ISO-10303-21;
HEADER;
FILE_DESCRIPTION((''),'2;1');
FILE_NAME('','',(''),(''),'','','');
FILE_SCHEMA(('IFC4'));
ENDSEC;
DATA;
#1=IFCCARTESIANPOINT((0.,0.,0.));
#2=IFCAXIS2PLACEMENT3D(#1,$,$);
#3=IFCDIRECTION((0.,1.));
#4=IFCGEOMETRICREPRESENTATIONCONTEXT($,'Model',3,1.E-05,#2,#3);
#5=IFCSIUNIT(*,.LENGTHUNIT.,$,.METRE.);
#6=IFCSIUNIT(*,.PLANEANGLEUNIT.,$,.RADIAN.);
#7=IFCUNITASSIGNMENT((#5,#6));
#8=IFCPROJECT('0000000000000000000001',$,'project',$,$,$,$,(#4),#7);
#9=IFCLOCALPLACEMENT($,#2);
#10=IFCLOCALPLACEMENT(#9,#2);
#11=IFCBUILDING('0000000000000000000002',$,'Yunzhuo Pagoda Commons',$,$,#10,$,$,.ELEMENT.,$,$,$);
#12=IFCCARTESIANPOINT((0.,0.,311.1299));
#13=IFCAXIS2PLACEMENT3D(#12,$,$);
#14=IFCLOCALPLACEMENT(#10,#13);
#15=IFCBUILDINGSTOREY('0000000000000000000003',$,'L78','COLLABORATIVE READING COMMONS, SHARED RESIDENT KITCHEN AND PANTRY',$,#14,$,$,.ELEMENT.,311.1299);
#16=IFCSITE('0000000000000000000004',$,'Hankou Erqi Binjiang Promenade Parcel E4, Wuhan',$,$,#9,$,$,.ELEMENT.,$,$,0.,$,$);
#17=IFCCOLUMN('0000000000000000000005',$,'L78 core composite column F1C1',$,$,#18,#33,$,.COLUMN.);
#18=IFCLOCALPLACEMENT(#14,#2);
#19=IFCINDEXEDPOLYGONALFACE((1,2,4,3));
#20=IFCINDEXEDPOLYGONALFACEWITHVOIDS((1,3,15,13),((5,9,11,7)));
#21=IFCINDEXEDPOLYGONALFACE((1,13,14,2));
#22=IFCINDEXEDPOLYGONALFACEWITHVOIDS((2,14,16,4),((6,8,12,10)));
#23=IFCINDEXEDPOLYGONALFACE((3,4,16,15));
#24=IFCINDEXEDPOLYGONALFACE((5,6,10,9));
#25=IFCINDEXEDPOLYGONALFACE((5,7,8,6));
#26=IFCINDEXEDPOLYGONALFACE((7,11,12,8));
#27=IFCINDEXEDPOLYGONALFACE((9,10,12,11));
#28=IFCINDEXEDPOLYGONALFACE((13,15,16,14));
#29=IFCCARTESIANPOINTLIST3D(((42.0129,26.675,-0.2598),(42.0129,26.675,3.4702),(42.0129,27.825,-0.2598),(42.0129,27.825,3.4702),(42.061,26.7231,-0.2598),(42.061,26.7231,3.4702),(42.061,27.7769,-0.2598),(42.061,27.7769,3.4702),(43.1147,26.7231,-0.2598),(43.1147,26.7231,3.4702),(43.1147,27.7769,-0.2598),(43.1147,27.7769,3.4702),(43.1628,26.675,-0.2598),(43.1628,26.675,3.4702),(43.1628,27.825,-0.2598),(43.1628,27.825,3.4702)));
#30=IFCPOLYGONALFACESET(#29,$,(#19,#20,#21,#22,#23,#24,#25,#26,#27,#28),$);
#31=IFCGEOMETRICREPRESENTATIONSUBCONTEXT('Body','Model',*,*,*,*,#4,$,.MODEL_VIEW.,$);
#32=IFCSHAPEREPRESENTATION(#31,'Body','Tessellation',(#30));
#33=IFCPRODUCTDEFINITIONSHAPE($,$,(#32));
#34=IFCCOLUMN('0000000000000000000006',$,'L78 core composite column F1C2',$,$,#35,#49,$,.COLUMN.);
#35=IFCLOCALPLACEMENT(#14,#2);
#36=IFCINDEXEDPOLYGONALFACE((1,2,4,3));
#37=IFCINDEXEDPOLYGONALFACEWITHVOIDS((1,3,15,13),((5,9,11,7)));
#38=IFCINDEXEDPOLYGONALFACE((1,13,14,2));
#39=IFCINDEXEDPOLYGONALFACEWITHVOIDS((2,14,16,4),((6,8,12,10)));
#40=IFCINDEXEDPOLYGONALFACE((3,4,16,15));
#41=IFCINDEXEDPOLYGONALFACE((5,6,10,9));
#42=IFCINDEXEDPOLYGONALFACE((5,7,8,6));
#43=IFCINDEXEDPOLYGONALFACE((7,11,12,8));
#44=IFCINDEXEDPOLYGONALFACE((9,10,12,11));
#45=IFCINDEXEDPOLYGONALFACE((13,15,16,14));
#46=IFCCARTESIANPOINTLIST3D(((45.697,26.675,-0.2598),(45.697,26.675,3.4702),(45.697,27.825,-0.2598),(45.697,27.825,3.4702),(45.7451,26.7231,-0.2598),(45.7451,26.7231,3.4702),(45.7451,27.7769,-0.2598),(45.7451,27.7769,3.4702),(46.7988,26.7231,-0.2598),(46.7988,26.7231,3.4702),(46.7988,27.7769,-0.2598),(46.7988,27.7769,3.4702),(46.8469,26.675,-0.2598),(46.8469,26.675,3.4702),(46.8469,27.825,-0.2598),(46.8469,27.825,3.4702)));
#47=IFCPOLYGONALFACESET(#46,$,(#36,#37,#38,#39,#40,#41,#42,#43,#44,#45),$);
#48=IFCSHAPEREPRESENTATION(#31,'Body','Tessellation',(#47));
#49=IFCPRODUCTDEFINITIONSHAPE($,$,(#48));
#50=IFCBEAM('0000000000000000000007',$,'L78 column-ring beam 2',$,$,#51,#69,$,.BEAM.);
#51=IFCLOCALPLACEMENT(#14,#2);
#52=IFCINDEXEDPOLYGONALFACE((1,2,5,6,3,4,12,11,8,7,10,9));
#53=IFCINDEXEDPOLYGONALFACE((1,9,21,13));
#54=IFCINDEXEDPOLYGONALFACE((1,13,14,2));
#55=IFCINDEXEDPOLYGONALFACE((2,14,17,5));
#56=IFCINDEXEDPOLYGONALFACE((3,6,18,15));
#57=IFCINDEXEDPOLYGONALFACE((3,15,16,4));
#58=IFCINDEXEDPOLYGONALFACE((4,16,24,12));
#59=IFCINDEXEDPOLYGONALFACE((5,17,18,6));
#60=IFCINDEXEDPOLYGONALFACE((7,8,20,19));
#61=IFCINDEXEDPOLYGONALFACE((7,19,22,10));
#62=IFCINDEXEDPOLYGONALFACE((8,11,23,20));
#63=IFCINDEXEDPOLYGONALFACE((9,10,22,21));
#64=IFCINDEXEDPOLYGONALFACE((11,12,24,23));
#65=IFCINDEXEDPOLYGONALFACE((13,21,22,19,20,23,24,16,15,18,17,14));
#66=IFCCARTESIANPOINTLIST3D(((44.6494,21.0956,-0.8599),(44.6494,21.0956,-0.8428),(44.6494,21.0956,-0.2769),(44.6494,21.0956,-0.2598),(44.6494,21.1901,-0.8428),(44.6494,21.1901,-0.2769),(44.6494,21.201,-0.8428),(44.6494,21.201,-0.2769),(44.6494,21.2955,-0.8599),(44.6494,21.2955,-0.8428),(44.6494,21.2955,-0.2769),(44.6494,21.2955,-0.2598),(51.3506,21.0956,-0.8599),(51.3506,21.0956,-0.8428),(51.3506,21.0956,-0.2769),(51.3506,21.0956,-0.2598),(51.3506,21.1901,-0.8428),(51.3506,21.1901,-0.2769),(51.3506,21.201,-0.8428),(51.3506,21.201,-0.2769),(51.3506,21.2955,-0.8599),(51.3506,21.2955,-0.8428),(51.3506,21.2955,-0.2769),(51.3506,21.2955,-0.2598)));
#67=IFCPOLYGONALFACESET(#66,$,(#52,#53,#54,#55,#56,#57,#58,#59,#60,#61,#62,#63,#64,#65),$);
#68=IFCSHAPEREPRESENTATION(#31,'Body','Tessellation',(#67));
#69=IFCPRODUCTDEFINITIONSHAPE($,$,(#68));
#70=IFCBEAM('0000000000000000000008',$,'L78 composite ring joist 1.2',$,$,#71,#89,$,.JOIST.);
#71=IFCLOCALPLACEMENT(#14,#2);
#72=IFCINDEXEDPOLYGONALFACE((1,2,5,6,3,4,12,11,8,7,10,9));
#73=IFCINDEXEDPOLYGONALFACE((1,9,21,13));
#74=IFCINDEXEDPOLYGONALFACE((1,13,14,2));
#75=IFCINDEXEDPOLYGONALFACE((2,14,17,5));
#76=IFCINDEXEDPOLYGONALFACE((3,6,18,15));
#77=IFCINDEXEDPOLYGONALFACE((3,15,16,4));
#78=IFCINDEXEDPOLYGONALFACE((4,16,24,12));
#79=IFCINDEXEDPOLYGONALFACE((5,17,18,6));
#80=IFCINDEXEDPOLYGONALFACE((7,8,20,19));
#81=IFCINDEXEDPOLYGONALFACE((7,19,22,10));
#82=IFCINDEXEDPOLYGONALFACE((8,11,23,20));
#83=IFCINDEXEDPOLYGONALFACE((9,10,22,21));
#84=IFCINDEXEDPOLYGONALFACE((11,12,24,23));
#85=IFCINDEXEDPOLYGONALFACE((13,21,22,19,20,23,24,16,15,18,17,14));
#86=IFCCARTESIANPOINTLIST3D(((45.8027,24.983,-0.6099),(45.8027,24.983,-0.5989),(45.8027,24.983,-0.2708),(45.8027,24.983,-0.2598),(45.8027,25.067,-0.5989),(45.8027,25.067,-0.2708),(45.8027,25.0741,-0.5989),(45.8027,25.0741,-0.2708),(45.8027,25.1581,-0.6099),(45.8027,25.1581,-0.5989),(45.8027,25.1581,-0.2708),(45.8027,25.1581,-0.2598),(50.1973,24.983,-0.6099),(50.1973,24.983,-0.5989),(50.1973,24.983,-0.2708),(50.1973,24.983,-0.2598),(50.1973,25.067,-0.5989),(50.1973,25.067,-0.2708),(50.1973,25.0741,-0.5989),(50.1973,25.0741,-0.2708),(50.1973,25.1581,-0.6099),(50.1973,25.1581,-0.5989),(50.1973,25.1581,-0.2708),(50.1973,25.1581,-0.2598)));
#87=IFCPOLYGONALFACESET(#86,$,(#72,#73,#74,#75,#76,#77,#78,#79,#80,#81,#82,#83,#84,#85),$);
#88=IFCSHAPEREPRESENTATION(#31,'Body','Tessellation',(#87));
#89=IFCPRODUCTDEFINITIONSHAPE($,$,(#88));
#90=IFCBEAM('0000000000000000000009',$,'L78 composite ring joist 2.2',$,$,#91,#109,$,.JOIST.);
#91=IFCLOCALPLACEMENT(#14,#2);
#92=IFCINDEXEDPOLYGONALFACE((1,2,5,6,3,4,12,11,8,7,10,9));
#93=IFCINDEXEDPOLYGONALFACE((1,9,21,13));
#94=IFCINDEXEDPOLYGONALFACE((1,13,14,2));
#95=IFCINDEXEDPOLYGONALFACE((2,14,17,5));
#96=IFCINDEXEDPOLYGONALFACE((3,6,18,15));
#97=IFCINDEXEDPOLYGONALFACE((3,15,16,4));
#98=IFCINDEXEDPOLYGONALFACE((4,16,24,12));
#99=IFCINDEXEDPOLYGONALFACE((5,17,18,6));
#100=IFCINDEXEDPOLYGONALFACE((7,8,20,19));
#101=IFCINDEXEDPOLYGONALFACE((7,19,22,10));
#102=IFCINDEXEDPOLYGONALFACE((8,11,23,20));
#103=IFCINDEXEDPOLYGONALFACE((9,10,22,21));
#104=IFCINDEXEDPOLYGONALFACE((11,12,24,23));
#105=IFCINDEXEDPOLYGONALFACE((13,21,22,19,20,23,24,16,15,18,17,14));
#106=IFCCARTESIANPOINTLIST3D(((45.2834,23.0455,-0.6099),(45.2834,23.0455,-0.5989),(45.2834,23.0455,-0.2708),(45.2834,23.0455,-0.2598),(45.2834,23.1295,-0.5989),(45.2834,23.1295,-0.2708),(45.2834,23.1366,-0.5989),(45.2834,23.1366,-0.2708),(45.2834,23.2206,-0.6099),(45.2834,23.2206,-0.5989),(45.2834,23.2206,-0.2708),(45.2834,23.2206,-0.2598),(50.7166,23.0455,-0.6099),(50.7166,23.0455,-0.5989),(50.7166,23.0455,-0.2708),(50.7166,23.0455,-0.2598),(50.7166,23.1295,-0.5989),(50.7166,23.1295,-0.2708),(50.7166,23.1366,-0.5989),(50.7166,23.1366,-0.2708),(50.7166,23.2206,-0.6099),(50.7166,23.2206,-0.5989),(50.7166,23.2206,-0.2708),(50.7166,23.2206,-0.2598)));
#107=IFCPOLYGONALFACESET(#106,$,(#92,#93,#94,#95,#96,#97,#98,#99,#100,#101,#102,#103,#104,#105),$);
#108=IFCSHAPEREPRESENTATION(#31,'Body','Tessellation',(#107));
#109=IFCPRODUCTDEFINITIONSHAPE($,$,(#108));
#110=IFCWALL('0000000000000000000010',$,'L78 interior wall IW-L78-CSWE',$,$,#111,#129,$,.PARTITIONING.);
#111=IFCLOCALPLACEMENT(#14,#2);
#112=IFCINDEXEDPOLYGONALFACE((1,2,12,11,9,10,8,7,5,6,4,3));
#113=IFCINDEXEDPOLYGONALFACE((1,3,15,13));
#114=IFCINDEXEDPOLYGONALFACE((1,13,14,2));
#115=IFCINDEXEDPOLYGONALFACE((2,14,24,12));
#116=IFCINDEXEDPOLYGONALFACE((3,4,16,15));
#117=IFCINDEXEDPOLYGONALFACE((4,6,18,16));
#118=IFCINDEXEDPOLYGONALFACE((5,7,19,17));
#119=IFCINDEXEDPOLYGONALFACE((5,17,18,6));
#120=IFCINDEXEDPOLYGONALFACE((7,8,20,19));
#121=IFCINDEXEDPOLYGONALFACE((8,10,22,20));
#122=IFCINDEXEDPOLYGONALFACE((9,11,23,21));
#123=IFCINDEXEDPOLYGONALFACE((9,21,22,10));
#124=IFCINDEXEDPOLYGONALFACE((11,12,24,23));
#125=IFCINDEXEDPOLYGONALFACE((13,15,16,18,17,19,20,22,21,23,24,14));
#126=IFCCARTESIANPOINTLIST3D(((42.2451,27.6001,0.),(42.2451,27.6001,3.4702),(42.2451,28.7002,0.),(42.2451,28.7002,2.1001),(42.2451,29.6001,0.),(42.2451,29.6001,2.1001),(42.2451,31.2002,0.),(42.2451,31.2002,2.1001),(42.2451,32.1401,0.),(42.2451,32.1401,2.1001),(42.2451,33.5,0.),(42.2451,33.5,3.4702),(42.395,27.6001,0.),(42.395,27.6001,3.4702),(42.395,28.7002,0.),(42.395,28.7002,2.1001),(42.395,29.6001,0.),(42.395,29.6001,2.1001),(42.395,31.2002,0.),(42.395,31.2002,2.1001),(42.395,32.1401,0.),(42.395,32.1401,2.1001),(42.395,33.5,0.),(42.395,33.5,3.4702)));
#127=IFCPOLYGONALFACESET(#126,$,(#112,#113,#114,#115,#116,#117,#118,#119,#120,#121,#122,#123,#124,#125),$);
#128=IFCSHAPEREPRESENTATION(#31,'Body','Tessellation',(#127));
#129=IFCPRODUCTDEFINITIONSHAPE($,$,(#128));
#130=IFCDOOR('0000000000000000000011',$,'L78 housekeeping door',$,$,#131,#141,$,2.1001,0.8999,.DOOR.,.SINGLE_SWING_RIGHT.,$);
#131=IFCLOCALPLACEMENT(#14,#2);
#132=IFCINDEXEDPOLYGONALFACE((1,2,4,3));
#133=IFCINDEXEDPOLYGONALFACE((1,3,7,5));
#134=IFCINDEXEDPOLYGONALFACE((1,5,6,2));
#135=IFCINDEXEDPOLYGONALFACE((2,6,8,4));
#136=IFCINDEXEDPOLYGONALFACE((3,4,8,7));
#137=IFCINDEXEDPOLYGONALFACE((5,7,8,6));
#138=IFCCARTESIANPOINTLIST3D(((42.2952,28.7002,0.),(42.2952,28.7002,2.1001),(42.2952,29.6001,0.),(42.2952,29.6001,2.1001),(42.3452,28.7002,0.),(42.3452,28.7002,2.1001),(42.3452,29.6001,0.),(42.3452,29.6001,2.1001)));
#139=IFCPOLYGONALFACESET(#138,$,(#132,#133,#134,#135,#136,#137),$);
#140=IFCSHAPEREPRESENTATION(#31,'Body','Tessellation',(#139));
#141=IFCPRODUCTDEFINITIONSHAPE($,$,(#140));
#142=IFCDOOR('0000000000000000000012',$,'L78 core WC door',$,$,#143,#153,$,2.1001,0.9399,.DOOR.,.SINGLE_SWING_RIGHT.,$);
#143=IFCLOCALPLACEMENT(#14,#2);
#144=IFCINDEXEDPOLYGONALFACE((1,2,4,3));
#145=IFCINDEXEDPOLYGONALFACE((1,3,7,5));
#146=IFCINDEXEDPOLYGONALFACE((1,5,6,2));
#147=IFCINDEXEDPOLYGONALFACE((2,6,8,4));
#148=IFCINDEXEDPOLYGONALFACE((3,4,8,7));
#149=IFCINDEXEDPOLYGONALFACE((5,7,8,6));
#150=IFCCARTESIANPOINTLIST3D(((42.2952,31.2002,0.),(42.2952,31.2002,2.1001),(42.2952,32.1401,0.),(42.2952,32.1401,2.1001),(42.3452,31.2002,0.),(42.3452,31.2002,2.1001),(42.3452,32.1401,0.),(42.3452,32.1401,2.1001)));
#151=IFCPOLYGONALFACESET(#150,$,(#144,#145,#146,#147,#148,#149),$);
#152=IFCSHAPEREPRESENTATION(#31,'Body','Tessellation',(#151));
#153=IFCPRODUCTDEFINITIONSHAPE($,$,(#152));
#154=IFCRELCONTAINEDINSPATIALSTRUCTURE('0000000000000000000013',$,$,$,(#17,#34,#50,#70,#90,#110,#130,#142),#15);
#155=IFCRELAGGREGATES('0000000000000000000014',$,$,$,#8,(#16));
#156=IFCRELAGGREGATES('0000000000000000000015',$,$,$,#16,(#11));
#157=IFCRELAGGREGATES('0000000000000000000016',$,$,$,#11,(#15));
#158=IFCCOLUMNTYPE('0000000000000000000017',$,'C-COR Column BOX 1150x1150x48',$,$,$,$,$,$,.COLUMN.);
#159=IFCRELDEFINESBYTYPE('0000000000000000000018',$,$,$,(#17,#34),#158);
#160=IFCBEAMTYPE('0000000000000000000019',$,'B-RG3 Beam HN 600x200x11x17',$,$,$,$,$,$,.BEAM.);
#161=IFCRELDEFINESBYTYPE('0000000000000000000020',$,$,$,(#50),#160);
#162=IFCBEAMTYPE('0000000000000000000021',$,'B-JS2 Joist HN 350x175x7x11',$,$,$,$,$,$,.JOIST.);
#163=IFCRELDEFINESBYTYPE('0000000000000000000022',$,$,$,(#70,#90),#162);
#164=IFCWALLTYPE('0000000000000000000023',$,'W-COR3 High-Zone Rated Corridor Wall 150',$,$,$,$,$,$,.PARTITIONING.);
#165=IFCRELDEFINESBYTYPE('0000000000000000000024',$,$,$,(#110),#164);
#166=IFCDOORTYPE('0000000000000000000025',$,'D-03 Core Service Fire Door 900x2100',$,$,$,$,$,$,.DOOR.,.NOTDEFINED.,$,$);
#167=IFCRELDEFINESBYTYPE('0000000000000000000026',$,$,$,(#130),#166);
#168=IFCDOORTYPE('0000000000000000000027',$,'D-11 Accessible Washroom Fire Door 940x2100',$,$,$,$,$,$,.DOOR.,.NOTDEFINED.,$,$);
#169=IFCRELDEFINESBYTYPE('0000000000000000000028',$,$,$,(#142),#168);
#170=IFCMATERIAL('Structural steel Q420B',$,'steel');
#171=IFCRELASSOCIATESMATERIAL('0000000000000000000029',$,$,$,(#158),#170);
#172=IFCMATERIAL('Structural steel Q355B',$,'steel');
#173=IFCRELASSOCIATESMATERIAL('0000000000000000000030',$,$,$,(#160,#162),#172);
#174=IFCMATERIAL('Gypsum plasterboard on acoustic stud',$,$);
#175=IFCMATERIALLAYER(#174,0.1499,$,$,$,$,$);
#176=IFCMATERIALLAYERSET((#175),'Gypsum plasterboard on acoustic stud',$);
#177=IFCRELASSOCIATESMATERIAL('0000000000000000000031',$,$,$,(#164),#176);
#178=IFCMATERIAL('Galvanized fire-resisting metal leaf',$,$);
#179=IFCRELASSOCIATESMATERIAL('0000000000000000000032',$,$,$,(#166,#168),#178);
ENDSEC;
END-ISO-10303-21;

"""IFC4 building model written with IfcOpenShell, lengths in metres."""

from ifc_helpers import new_model, si_unit, direction, frame, frame_2d, origin, origin_with_axes, origin_2d, place, context, subcontext, project, spatial, rectangle, hollow_rectangle, i_section, extrude, source, transform, mapped, material, layer, layer_set, material_profile, profile_set, type_object, element, fill, save


model = new_model("IFC4")

# Units and contexts
model_context = context("Model", 3, precision=1e-05, world=origin(), true_north=direction((0.0, 1.0)))
body_context = subcontext(model_context, "Body", "Model", "MODEL_VIEW")
ifc_project = project(units=[si_unit("LENGTHUNIT", "METRE"), si_unit("PLANEANGLEUNIT", "RADIAN")], contexts=[model_context])

# Site, building, storey
site_placement = place(None, origin())
site = spatial("IfcSite", under=ifc_project, at=site_placement, Name="Hankou Erqi Binjiang Promenade Parcel E4, Wuhan", CompositionType="ELEMENT", RefElevation=0.0)
building_placement = place(site_placement, origin())
building = spatial("IfcBuilding", under=site, at=building_placement, Name="Yunzhuo Pagoda Commons", CompositionType="ELEMENT")
storey_placement = place(building_placement, frame((0.0, 0.0, 311.1299)))
storey = spatial("IfcBuildingStorey", under=building, at=storey_placement, Name="L78", Description="COLLABORATIVE READING COMMONS, SHARED RESIDENT KITCHEN AND PANTRY", CompositionType="ELEMENT", Elevation=311.1299)

# Columns
ifc_material_1 = material(Name="Structural steel Q420B", Category="steel")
ifc_material_profile_1 = material_profile(ifc_material_1, hollow_rectangle(XDim=1.1499, YDim=1.1499, WallThickness=0.0481, at=origin_2d()), Name="Structural steel Q420B")
ifc_profile_set_1 = profile_set([ifc_material_profile_1], Name="Structural steel Q420B")
column_type = type_object("IfcColumnType", Name="C-COR Column BOX 1150x1150x48", PredefinedType="COLUMN", material=ifc_profile_set_1)
shared_shape_1 = source(origin(), body_context, "Body", "SweptSolid", [
    extrude(hollow_rectangle(XDim=1.1499, YDim=1.1499, WallThickness=0.0481, at=origin_2d()), origin(), (0.0, 0.0, 1.0), 3.73),
])
for number, where, z_axis, x_axis, name in (
    (1, (42.5879, 27.25, -0.2598), (0.0, 0.0, 1.0), (1.0, 0.0, 0.0), "L78 core composite column F1C1"),
    (2, (46.272, 27.25, -0.2598), (0.0, 0.0, 1.0), (1.0, 0.0, 0.0), "L78 core composite column F1C2"),
):
    element("IfcColumn", number, at=place(storey_placement, frame(where, z_axis=z_axis, x_axis=x_axis)), inside=storey, type_object=column_type, Name=name, PredefinedType="COLUMN", context=body_context, shape_type="MappedRepresentation", body=[
        mapped(shared_shape_1, transform((0.0, 0.0, 0.0), scale=1.0)),
    ])

# Beams
ifc_material_2 = material(Name="Structural steel Q355B", Category="steel")
ifc_material_profile_2 = material_profile(ifc_material_2, i_section(OverallWidth=0.2, OverallDepth=0.6001, WebThickness=0.011, FlangeThickness=0.0171, at=origin_2d()), Name="Structural steel Q355B")
ifc_profile_set_2 = profile_set([ifc_material_profile_2], Name="Structural steel Q355B")
beam_type_1 = type_object("IfcBeamType", Name="B-RG3 Beam HN 600x200x11x17", PredefinedType="BEAM", material=ifc_profile_set_2)
shared_shape_2 = source(origin(), body_context, "Body", "SweptSolid", [
    extrude(i_section(OverallWidth=0.2, OverallDepth=0.6001, WebThickness=0.011, FlangeThickness=0.0171, at=origin_2d()), origin(), (0.0, 0.0, 1.0), 6.7012),
])
beam_1_placement = place(storey_placement, frame((44.6494, 21.1956, -0.5598), z_axis=(1.0, 0.0, 0.0), x_axis=(0.0, 1.0, 0.0)))
element("IfcBeam", 3, at=beam_1_placement, inside=storey, type_object=beam_type_1, Name="L78 column-ring beam 2", PredefinedType="BEAM", context=body_context, shape_type="MappedRepresentation", body=[
    mapped(shared_shape_2, transform((0.0, 0.0, 0.0), scale=1.0)),
])
ifc_material_profile_3 = material_profile(ifc_material_2, i_section(OverallWidth=0.175, OverallDepth=0.3501, WebThickness=0.0071, FlangeThickness=0.011, at=origin_2d()), Name="Structural steel Q355B")
ifc_profile_set_3 = profile_set([ifc_material_profile_3], Name="Structural steel Q355B")
beam_type_2 = type_object("IfcBeamType", Name="B-JS2 Joist HN 350x175x7x11", PredefinedType="JOIST", material=ifc_profile_set_3)
shared_shape_3 = source(origin(), body_context, "Body", "SweptSolid", [
    extrude(i_section(OverallWidth=0.175, OverallDepth=0.3501, WebThickness=0.0071, FlangeThickness=0.011, at=origin_2d()), origin(), (0.0, 0.0, 1.0), 4.3945),
])
beam_2_placement = place(storey_placement, frame((45.8027, 25.0706, -0.4348), z_axis=(1.0, 0.0, 0.0), x_axis=(0.0, 1.0, 0.0)))
element("IfcBeam", 4, at=beam_2_placement, inside=storey, type_object=beam_type_2, Name="L78 composite ring joist 1.2", PredefinedType="JOIST", context=body_context, shape_type="MappedRepresentation", body=[
    mapped(shared_shape_3, transform((0.0, 0.0, 0.0), scale=1.0)),
])
shared_shape_4 = source(origin(), body_context, "Body", "SweptSolid", [
    extrude(i_section(OverallWidth=0.175, OverallDepth=0.3501, WebThickness=0.0071, FlangeThickness=0.011, at=origin_2d()), origin(), (0.0, 0.0, 1.0), 5.4331),
])
beam_3_placement = place(storey_placement, frame((45.2834, 23.1331, -0.4348), z_axis=(1.0, 0.0, 0.0), x_axis=(0.0, 1.0, 0.0)))
element("IfcBeam", 5, at=beam_3_placement, inside=storey, type_object=beam_type_2, Name="L78 composite ring joist 2.2", PredefinedType="JOIST", context=body_context, shape_type="MappedRepresentation", body=[
    mapped(shared_shape_4, transform((0.0, 0.0, 0.0), scale=1.0)),
])

# Wall, openings, doors
ifc_material_3 = material(Name="Gypsum plasterboard on acoustic stud")
ifc_layer_1 = layer(ifc_material_3, 0.1499)
ifc_layer_set_1 = layer_set([ifc_layer_1], Name="Gypsum plasterboard on acoustic stud")
wall_type_1 = type_object("IfcWallType", Name="W-COR3 High-Zone Rated Corridor Wall 150", PredefinedType="PARTITIONING", material=ifc_layer_set_1)
wall_1_placement = place(storey_placement, frame((42.3201, 27.6001, 0.0), z_axis=(0.0, 0.0, 1.0), x_axis=(0.0, 1.0, 0.0)))
wall_1 = element("IfcWall", 6, at=wall_1_placement, inside=storey, type_object=wall_type_1, Name="L78 interior wall IW-L78-CSWE", PredefinedType="PARTITIONING", context=body_context, shape_type="SweptSolid", body=[
    extrude(rectangle(XDim=5.8999, YDim=0.1499, at=frame_2d((2.95, 0.0))), origin(), (0.0, 0.0, 1.0), 3.4702),
])
opening_1_placement = place(wall_1_placement, frame((1.1001, 0.0, 0.0)))
opening_1 = element("IfcOpeningElement", 7, at=opening_1_placement, cuts=wall_1, PredefinedType="OPENING", context=body_context, shape_type="SweptSolid", body=[
    extrude(rectangle(XDim=0.8999, YDim=2.1001, at=frame_2d((0.45, 1.05))), frame((0.0, 0.085, 0.0), z_axis=(0.0, -1.0, 0.0), x_axis=(1.0, 0.0, 0.0)), (0.0, 0.0, 1.0), 0.1699),
])
opening_2_placement = place(wall_1_placement, frame((3.6001, 0.0, 0.0)))
opening_2 = element("IfcOpeningElement", 8, at=opening_2_placement, cuts=wall_1, PredefinedType="OPENING", context=body_context, shape_type="SweptSolid", body=[
    extrude(rectangle(XDim=0.9399, YDim=2.1001, at=frame_2d((0.47, 1.05))), frame((0.0, 0.085, 0.0), z_axis=(0.0, -1.0, 0.0), x_axis=(1.0, 0.0, 0.0)), (0.0, 0.0, 1.0), 0.1699),
])
ifc_material_4 = material(Name="Galvanized fire-resisting metal leaf")
door_type_1 = type_object("IfcDoorType", Name="D-03 Core Service Fire Door 900x2100", OperationType="NOTDEFINED", PredefinedType="DOOR", material=ifc_material_4)
shared_shape_5 = source(origin(), body_context, "Body", "SweptSolid", [
    extrude(rectangle(XDim=0.8999, YDim=2.1001, at=frame_2d((0.45, 1.05))), frame((0.0, 0.0249, 0.0), z_axis=(0.0, -1.0, 0.0), x_axis=(1.0, 0.0, 0.0)), (0.0, 0.0, 1.0), 0.05),
])
door_1_placement = place(opening_1_placement, origin_with_axes())
door_1 = element("IfcDoor", 9, at=door_1_placement, inside=storey, type_object=door_type_1, Name="L78 housekeeping door", OperationType="SINGLE_SWING_RIGHT", OverallHeight=2.1001, OverallWidth=0.8999, PredefinedType="DOOR", context=body_context, shape_type="MappedRepresentation", body=[
    mapped(shared_shape_5, transform((0.0, 0.0, 0.0), scale=1.0)),
])
fill(opening_1, door_1)
door_type_2 = type_object("IfcDoorType", Name="D-11 Accessible Washroom Fire Door 940x2100", OperationType="NOTDEFINED", PredefinedType="DOOR", material=ifc_material_4)
shared_shape_6 = source(origin(), body_context, "Body", "SweptSolid", [
    extrude(rectangle(XDim=0.9399, YDim=2.1001, at=frame_2d((0.47, 1.05))), frame((0.0, 0.0249, 0.0), z_axis=(0.0, -1.0, 0.0), x_axis=(1.0, 0.0, 0.0)), (0.0, 0.0, 1.0), 0.05),
])
door_2_placement = place(opening_2_placement, origin_with_axes())
door_2 = element("IfcDoor", 10, at=door_2_placement, inside=storey, type_object=door_type_2, Name="L78 core WC door", OperationType="SINGLE_SWING_RIGHT", OverallHeight=2.1001, OverallWidth=0.9399, PredefinedType="DOOR", context=body_context, shape_type="MappedRepresentation", body=[
    mapped(shared_shape_6, transform((0.0, 0.0, 0.0), scale=1.0)),
])
fill(opening_2, door_2)

save(model, "model.ifc")
